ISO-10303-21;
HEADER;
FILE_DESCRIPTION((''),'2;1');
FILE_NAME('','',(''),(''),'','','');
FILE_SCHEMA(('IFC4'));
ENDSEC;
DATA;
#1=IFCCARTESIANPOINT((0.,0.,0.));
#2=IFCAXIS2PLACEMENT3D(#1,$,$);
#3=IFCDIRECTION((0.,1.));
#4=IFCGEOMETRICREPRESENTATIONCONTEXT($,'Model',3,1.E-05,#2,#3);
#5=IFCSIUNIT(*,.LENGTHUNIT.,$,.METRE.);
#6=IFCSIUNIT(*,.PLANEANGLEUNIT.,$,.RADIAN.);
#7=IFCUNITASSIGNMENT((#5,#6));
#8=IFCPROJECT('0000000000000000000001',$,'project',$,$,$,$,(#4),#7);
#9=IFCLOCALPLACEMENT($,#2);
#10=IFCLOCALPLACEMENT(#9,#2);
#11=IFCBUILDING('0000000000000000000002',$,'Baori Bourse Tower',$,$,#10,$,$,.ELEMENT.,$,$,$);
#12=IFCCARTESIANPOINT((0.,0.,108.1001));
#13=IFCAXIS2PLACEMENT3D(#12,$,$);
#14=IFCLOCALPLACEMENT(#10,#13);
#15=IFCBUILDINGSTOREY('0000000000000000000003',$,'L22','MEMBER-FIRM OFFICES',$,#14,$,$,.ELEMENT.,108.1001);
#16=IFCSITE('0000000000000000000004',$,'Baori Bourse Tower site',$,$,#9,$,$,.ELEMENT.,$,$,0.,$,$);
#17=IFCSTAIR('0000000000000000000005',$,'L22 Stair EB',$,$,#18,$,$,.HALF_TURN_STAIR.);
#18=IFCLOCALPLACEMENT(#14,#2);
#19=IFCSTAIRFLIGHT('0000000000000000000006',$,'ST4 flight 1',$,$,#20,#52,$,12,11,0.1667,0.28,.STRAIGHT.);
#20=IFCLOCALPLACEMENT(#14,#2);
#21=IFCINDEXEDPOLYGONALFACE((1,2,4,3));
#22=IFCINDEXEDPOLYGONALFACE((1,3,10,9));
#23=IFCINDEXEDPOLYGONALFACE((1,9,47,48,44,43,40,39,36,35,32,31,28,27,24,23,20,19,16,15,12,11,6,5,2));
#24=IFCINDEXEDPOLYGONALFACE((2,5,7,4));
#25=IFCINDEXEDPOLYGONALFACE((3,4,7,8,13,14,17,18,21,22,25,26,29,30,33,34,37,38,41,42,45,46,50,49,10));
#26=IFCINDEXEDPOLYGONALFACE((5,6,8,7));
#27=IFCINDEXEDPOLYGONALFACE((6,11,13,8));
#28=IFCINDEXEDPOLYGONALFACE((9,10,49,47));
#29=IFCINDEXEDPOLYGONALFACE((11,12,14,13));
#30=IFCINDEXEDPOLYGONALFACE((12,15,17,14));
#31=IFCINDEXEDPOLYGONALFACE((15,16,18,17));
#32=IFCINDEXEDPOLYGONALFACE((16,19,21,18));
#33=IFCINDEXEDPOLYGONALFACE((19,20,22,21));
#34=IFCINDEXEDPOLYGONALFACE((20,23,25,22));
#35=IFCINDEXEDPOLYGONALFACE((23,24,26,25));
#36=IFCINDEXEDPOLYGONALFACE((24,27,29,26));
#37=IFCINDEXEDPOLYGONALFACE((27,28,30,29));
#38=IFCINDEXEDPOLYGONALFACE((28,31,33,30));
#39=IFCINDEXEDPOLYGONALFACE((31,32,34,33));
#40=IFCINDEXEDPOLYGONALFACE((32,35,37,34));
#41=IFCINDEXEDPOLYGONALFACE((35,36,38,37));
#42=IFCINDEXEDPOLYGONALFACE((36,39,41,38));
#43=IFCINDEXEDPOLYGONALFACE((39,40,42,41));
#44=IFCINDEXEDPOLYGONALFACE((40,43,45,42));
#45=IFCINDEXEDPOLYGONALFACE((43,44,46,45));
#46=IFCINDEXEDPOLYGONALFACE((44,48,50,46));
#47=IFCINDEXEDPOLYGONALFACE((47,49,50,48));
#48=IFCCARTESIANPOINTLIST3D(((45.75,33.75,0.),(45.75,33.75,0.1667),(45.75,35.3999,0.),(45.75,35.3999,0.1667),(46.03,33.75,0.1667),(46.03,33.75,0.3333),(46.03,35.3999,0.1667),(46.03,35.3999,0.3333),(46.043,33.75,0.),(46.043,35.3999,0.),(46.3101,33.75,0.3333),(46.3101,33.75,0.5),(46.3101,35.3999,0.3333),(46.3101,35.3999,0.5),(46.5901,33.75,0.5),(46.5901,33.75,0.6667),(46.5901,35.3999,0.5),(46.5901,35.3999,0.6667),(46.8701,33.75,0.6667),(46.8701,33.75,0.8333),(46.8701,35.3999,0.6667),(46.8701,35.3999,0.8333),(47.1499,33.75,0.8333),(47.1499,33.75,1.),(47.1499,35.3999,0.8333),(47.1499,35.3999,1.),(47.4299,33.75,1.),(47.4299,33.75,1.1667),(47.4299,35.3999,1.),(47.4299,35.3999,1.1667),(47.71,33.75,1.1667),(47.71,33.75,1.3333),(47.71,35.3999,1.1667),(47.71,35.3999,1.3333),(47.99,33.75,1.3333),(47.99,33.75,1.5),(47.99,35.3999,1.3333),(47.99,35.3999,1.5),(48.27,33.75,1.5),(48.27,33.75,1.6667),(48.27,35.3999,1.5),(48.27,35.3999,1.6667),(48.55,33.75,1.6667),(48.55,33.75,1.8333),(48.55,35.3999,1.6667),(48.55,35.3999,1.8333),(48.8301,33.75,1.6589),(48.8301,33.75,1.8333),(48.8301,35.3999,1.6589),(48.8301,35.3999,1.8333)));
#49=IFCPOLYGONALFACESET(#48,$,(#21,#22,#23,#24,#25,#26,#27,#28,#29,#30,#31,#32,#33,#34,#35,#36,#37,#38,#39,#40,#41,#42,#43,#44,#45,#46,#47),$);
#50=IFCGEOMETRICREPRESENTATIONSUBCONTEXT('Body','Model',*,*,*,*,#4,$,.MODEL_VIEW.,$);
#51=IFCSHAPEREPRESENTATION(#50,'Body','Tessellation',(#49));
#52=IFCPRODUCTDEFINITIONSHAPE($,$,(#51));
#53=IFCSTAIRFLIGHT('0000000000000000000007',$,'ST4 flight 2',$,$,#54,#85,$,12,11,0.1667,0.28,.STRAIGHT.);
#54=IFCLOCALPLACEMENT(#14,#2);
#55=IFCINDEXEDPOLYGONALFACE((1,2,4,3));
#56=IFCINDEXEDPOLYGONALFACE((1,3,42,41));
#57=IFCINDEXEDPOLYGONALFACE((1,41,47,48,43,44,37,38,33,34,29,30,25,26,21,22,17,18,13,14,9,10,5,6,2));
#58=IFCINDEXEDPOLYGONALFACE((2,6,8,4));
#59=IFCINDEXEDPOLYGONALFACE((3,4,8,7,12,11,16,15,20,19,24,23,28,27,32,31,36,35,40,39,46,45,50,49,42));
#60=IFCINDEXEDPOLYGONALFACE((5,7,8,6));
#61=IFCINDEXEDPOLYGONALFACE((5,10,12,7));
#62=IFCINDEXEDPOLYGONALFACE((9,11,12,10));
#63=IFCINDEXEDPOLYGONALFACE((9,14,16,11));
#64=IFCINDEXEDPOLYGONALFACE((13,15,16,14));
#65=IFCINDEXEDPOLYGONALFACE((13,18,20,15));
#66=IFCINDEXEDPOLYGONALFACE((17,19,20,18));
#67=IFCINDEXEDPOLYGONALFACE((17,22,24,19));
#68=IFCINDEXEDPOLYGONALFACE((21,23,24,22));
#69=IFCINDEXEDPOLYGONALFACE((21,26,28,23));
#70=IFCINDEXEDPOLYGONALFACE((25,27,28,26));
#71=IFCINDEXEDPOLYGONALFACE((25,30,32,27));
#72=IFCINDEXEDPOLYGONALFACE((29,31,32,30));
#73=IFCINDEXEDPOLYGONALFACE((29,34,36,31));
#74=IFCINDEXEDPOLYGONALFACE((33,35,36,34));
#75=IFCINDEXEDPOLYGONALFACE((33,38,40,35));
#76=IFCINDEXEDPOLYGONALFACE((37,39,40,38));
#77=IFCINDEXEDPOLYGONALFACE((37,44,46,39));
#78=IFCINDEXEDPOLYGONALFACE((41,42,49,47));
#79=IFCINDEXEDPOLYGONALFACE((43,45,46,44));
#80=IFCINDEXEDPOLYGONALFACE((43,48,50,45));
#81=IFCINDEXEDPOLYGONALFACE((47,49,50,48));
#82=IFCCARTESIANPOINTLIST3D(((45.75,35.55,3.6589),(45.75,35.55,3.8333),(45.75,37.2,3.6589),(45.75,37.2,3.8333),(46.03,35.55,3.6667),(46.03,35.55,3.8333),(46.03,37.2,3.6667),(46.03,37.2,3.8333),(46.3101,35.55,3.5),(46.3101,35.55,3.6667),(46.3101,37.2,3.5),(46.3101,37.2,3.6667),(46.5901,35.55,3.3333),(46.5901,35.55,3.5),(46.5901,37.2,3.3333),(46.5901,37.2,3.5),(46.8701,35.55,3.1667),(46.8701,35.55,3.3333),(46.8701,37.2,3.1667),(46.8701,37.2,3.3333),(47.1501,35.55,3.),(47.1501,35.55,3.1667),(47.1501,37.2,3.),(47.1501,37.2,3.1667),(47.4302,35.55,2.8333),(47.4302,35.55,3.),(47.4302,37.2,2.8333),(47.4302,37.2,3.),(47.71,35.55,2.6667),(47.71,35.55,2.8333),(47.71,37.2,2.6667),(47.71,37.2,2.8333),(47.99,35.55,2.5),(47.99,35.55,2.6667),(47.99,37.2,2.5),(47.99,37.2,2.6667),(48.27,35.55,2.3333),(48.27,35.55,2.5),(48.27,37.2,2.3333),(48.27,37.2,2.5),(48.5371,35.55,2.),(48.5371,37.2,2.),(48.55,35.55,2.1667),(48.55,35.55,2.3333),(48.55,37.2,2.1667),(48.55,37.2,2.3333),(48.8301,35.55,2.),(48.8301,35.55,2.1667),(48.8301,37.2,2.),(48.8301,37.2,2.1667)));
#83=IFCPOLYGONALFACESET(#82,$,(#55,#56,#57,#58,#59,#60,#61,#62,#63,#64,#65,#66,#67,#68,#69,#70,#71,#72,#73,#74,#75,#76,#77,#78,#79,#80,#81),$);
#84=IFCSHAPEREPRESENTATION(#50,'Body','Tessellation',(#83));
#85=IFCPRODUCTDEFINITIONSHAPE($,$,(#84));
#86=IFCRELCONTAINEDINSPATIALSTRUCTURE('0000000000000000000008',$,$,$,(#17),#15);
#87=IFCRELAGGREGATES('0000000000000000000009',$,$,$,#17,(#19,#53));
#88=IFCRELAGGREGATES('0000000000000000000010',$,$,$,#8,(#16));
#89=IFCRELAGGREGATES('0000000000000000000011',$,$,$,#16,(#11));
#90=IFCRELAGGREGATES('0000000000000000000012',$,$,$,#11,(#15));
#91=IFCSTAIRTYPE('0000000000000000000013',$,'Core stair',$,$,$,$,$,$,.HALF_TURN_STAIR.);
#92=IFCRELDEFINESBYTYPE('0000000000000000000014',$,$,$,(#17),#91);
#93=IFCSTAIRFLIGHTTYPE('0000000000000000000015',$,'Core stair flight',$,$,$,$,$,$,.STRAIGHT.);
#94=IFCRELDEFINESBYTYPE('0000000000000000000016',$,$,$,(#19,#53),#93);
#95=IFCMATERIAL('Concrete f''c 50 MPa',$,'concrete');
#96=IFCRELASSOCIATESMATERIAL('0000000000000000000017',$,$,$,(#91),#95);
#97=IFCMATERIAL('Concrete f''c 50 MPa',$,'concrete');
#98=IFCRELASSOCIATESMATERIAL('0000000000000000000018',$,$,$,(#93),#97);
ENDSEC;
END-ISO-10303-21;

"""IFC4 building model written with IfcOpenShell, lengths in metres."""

from ifc_helpers import new_model, si_unit, direction, frame, origin, place, context, subcontext, project, spatial, polyline, outline, extrude, material, type_object, element, aggregate, save


model = new_model("IFC4")

# Units and contexts
model_context = context("Model", 3, precision=1e-05, world=origin(), true_north=direction((0.0, 1.0)))
body_context = subcontext(model_context, "Body", "Model", "MODEL_VIEW")
ifc_project = project(units=[si_unit("LENGTHUNIT", "METRE"), si_unit("PLANEANGLEUNIT", "RADIAN")], contexts=[model_context])

# Site, building, storey
site_placement = place(None, origin())
site = spatial("IfcSite", under=ifc_project, at=site_placement, Name="Baori Bourse Tower site", CompositionType="ELEMENT", RefElevation=0.0)
building_placement = place(site_placement, origin())
building = spatial("IfcBuilding", under=site, at=building_placement, Name="Baori Bourse Tower", CompositionType="ELEMENT")
storey_placement = place(building_placement, frame((0.0, 0.0, 108.1001)))
storey = spatial("IfcBuildingStorey", under=building, at=storey_placement, Name="L22", Description="MEMBER-FIRM OFFICES", CompositionType="ELEMENT", Elevation=108.1001)

# Stair, stair flights
ifc_material_1 = material(Name="Concrete f'c 50 MPa", Category="concrete")
stair_type = type_object("IfcStairType", Name="Core stair", PredefinedType="HALF_TURN_STAIR", material=ifc_material_1)
stair_placement = place(storey_placement, origin())
stair = element("IfcStair", 1, at=stair_placement, inside=storey, type_object=stair_type, Name="L22 Stair EB", PredefinedType="HALF_TURN_STAIR")
ifc_material_2 = material(Name="Concrete f'c 50 MPa", Category="concrete")
stair_flight_type = type_object("IfcStairFlightType", Name="Core stair flight", PredefinedType="STRAIGHT", material=ifc_material_2)
stair_flight_1_placement = place(storey_placement, frame((45.75, 34.575, 0.0), z_axis=(0.0, 0.0, 1.0), x_axis=(1.0, 0.0, 0.0)))
stair_flight_1 = element("IfcStairFlight", 2, at=stair_flight_1_placement, type_object=stair_flight_type, Name="ST4 flight 1", NumberOfRisers=12, NumberOfTreads=11, PredefinedType="STRAIGHT", RiserHeight=0.1667, TreadLength=0.28, context=body_context, shape_type="SweptSolid", body=[
    extrude(outline(polyline([(0.0, 0.0), (0.0, 0.1667), (0.28, 0.1667), (0.28, 0.3333), (0.5601, 0.3333), (0.5601, 0.5), (0.8401, 0.5), (0.8401, 0.6667), (1.1201, 0.6667), (1.1201, 0.8333), (1.3999, 0.8333), (1.3999, 1.0), (1.6799, 1.0), (1.6799, 1.1667), (1.96, 1.1667), (1.96, 1.3333), (2.24, 1.3333), (2.24, 1.5), (2.52, 1.5), (2.52, 1.6667), (2.8, 1.6667), (2.8, 1.8333), (3.0801, 1.8333), (3.0801, 2.0), (3.0801, 1.6589), (0.293, 0.0), (0.0, 0.0)])), frame((0.0, 0.825, 0.0), z_axis=(0.0, -1.0, 0.0), x_axis=(1.0, 0.0, 0.0)), (0.0, 0.0, 1.0), 1.6499),
])
stair_flight_2_placement = place(storey_placement, frame((48.8301, 36.375, 2.0), z_axis=(0.0, 0.0, 1.0), x_axis=(-1.0, 0.0, 0.0)))
stair_flight_2 = element("IfcStairFlight", 3, at=stair_flight_2_placement, type_object=stair_flight_type, Name="ST4 flight 2", NumberOfRisers=12, NumberOfTreads=11, PredefinedType="STRAIGHT", RiserHeight=0.1667, TreadLength=0.28, context=body_context, shape_type="SweptSolid", body=[
    extrude(outline(polyline([(0.0, 0.0), (0.0, 0.1667), (0.28, 0.1667), (0.28, 0.3333), (0.5601, 0.3333), (0.5601, 0.5), (0.8401, 0.5), (0.8401, 0.6667), (1.1201, 0.6667), (1.1201, 0.8333), (1.3999, 0.8333), (1.3999, 1.0), (1.6799, 1.0), (1.6799, 1.1667), (1.96, 1.1667), (1.96, 1.3333), (2.24, 1.3333), (2.24, 1.5), (2.52, 1.5), (2.52, 1.6667), (2.8, 1.6667), (2.8, 1.8333), (3.0801, 1.8333), (3.0801, 2.0), (3.0801, 1.6589), (0.293, 0.0), (0.0, 0.0)])), frame((0.0, 0.825, 0.0), z_axis=(0.0, -1.0, 0.0), x_axis=(1.0, 0.0, 0.0)), (0.0, 0.0, 1.0), 1.6499),
])
aggregate(stair, [stair_flight_1, stair_flight_2])

save(model, "model.ifc")
